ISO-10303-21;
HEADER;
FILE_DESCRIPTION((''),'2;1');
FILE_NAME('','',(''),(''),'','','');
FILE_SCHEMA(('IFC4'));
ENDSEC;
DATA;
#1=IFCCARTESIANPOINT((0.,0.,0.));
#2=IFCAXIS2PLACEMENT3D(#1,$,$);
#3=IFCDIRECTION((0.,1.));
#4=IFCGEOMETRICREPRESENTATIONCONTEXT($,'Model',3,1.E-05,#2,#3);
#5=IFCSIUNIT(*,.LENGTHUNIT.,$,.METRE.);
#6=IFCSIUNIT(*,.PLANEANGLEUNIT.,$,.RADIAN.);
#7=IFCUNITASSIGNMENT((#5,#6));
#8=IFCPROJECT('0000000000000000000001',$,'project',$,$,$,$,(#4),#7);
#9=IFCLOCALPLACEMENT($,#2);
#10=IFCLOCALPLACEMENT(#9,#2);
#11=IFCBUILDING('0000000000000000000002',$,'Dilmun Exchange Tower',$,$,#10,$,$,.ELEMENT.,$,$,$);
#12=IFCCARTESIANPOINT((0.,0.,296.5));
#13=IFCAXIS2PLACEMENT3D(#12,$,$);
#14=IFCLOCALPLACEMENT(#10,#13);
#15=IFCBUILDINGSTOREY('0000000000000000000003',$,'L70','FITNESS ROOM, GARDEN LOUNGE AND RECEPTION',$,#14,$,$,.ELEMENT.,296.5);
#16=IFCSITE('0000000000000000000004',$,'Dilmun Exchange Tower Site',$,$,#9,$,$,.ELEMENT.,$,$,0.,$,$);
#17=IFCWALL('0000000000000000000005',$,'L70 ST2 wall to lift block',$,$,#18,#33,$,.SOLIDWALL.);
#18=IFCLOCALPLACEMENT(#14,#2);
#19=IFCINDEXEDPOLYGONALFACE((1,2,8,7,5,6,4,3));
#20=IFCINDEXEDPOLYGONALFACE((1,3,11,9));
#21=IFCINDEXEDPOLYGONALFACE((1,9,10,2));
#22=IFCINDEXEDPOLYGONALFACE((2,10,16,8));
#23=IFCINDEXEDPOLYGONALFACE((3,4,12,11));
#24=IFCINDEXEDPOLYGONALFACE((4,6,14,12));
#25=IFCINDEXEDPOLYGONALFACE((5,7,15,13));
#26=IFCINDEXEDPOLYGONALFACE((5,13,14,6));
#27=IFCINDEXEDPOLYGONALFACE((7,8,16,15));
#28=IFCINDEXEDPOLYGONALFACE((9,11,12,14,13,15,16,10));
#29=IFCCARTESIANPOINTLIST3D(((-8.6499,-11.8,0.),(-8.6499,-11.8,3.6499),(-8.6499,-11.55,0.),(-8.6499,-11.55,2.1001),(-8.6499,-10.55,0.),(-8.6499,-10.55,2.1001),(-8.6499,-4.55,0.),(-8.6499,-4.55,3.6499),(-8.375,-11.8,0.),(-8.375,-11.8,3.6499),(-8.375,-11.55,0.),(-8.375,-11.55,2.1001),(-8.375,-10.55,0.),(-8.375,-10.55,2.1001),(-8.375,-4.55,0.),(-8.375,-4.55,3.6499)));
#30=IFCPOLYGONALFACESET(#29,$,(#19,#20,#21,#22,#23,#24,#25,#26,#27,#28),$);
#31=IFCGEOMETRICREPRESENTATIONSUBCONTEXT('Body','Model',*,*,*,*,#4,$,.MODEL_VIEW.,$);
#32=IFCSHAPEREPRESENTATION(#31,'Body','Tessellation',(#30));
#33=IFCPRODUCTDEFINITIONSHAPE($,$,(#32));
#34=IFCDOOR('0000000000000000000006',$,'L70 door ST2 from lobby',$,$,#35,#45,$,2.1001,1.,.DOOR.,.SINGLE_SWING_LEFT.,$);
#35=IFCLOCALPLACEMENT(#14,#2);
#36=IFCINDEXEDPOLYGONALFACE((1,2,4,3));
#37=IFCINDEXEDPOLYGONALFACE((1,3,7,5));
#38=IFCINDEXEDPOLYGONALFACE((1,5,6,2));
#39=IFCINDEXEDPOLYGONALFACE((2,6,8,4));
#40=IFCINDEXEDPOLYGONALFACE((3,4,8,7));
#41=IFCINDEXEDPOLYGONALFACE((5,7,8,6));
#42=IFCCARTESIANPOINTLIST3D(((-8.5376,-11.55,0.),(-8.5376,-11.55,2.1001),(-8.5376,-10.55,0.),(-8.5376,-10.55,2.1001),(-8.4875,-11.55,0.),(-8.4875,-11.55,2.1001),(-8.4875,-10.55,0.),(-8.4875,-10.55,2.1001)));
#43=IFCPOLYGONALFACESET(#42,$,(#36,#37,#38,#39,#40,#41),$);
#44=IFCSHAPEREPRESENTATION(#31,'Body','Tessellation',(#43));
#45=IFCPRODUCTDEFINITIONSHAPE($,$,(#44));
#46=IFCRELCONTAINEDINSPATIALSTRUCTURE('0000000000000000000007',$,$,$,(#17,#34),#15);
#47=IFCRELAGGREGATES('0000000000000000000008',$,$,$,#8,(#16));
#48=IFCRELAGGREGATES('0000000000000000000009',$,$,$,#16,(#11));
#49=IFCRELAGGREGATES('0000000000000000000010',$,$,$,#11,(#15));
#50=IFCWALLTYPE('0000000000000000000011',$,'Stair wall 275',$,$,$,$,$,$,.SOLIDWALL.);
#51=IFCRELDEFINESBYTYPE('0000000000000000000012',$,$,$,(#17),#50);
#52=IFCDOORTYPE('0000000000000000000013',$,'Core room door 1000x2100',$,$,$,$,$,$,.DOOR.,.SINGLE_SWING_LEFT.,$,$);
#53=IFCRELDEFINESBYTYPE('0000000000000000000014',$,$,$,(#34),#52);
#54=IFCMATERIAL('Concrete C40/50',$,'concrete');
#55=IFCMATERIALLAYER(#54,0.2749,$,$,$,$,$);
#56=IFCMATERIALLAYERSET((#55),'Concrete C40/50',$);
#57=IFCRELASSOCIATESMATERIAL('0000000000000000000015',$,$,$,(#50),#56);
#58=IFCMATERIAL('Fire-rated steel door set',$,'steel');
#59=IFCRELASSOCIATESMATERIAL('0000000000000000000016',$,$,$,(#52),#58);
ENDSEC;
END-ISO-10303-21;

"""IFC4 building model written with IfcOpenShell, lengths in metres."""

from ifc_helpers import new_model, si_unit, direction, frame, frame_2d, origin, place, context, subcontext, project, spatial, rectangle, extrude, material, layer, layer_set, type_object, element, fill, save


model = new_model("IFC4")

# Units and contexts
model_context = context("Model", 3, precision=1e-05, world=origin(), true_north=direction((0.0, 1.0)))
body_context = subcontext(model_context, "Body", "Model", "MODEL_VIEW")
ifc_project = project(units=[si_unit("LENGTHUNIT", "METRE"), si_unit("PLANEANGLEUNIT", "RADIAN")], contexts=[model_context])

# Site, building, storey
site_placement = place(None, origin())
site = spatial("IfcSite", under=ifc_project, at=site_placement, Name="Dilmun Exchange Tower Site", CompositionType="ELEMENT", RefElevation=0.0)
building_placement = place(site_placement, origin())
building = spatial("IfcBuilding", under=site, at=building_placement, Name="Dilmun Exchange Tower", CompositionType="ELEMENT")
storey_placement = place(building_placement, frame((0.0, 0.0, 296.5)))
storey = spatial("IfcBuildingStorey", under=building, at=storey_placement, Name="L70", Description="FITNESS ROOM, GARDEN LOUNGE AND RECEPTION", CompositionType="ELEMENT", Elevation=296.5)

# Shared definitions
ifc_material_1 = material(Name="Concrete C40/50", Category="concrete")

# Shared definitions
ifc_material_2 = material(Name="Fire-rated steel door set", Category="steel")

# Wall, opening, door
ifc_layer_1 = layer(ifc_material_1, 0.2749)
ifc_layer_set_1 = layer_set([ifc_layer_1], Name="Concrete C40/50")
wall_type_1 = type_object("IfcWallType", Name="Stair wall 275", PredefinedType="SOLIDWALL", material=ifc_layer_set_1)
wall_1_placement = place(storey_placement, frame((-8.5125, -4.55, 0.0), z_axis=(0.0, 0.0, 1.0), x_axis=(0.0, -1.0, 0.0)))
wall_1 = element("IfcWall", 1, at=wall_1_placement, inside=storey, type_object=wall_type_1, Name="L70 ST2 wall to lift block", PredefinedType="SOLIDWALL", context=body_context, shape_type="SweptSolid", body=[
    extrude(rectangle(XDim=7.25, YDim=0.2749, at=frame_2d((3.625, 0.0))), origin(), (0.0, 0.0, 1.0), 3.6499),
])
opening_1_placement = place(wall_1_placement, frame((6.0, 0.0, 0.0)))
opening_1 = element("IfcOpeningElement", 2, at=opening_1_placement, cuts=wall_1, PredefinedType="OPENING", context=body_context, shape_type="SweptSolid", body=[
    extrude(rectangle(XDim=1.0, YDim=2.1001, at=frame_2d((0.5, 1.05))), frame((0.0, 0.1475, 0.0), z_axis=(0.0, -1.0, 0.0), x_axis=(1.0, 0.0, 0.0)), (0.0, 0.0, 1.0), 0.2949),
])
door_type_1 = type_object("IfcDoorType", Name="Core room door 1000x2100", OperationType="SINGLE_SWING_LEFT", PredefinedType="DOOR", material=ifc_material_2)
door_1_placement = place(opening_1_placement, origin())
door_1 = element("IfcDoor", 3, at=door_1_placement, inside=storey, type_object=door_type_1, Name="L70 door ST2 from lobby", OperationType="SINGLE_SWING_LEFT", OverallHeight=2.1001, OverallWidth=1.0, PredefinedType="DOOR", context=body_context, shape_type="SweptSolid", body=[
    extrude(rectangle(XDim=1.0, YDim=2.1001, at=frame_2d((0.5, 1.05))), frame((0.0, 0.0249, 0.0), z_axis=(0.0, -1.0, 0.0), x_axis=(1.0, 0.0, 0.0)), (0.0, 0.0, 1.0), 0.05),
])
fill(opening_1, door_1)

save(model, "model.ifc")
